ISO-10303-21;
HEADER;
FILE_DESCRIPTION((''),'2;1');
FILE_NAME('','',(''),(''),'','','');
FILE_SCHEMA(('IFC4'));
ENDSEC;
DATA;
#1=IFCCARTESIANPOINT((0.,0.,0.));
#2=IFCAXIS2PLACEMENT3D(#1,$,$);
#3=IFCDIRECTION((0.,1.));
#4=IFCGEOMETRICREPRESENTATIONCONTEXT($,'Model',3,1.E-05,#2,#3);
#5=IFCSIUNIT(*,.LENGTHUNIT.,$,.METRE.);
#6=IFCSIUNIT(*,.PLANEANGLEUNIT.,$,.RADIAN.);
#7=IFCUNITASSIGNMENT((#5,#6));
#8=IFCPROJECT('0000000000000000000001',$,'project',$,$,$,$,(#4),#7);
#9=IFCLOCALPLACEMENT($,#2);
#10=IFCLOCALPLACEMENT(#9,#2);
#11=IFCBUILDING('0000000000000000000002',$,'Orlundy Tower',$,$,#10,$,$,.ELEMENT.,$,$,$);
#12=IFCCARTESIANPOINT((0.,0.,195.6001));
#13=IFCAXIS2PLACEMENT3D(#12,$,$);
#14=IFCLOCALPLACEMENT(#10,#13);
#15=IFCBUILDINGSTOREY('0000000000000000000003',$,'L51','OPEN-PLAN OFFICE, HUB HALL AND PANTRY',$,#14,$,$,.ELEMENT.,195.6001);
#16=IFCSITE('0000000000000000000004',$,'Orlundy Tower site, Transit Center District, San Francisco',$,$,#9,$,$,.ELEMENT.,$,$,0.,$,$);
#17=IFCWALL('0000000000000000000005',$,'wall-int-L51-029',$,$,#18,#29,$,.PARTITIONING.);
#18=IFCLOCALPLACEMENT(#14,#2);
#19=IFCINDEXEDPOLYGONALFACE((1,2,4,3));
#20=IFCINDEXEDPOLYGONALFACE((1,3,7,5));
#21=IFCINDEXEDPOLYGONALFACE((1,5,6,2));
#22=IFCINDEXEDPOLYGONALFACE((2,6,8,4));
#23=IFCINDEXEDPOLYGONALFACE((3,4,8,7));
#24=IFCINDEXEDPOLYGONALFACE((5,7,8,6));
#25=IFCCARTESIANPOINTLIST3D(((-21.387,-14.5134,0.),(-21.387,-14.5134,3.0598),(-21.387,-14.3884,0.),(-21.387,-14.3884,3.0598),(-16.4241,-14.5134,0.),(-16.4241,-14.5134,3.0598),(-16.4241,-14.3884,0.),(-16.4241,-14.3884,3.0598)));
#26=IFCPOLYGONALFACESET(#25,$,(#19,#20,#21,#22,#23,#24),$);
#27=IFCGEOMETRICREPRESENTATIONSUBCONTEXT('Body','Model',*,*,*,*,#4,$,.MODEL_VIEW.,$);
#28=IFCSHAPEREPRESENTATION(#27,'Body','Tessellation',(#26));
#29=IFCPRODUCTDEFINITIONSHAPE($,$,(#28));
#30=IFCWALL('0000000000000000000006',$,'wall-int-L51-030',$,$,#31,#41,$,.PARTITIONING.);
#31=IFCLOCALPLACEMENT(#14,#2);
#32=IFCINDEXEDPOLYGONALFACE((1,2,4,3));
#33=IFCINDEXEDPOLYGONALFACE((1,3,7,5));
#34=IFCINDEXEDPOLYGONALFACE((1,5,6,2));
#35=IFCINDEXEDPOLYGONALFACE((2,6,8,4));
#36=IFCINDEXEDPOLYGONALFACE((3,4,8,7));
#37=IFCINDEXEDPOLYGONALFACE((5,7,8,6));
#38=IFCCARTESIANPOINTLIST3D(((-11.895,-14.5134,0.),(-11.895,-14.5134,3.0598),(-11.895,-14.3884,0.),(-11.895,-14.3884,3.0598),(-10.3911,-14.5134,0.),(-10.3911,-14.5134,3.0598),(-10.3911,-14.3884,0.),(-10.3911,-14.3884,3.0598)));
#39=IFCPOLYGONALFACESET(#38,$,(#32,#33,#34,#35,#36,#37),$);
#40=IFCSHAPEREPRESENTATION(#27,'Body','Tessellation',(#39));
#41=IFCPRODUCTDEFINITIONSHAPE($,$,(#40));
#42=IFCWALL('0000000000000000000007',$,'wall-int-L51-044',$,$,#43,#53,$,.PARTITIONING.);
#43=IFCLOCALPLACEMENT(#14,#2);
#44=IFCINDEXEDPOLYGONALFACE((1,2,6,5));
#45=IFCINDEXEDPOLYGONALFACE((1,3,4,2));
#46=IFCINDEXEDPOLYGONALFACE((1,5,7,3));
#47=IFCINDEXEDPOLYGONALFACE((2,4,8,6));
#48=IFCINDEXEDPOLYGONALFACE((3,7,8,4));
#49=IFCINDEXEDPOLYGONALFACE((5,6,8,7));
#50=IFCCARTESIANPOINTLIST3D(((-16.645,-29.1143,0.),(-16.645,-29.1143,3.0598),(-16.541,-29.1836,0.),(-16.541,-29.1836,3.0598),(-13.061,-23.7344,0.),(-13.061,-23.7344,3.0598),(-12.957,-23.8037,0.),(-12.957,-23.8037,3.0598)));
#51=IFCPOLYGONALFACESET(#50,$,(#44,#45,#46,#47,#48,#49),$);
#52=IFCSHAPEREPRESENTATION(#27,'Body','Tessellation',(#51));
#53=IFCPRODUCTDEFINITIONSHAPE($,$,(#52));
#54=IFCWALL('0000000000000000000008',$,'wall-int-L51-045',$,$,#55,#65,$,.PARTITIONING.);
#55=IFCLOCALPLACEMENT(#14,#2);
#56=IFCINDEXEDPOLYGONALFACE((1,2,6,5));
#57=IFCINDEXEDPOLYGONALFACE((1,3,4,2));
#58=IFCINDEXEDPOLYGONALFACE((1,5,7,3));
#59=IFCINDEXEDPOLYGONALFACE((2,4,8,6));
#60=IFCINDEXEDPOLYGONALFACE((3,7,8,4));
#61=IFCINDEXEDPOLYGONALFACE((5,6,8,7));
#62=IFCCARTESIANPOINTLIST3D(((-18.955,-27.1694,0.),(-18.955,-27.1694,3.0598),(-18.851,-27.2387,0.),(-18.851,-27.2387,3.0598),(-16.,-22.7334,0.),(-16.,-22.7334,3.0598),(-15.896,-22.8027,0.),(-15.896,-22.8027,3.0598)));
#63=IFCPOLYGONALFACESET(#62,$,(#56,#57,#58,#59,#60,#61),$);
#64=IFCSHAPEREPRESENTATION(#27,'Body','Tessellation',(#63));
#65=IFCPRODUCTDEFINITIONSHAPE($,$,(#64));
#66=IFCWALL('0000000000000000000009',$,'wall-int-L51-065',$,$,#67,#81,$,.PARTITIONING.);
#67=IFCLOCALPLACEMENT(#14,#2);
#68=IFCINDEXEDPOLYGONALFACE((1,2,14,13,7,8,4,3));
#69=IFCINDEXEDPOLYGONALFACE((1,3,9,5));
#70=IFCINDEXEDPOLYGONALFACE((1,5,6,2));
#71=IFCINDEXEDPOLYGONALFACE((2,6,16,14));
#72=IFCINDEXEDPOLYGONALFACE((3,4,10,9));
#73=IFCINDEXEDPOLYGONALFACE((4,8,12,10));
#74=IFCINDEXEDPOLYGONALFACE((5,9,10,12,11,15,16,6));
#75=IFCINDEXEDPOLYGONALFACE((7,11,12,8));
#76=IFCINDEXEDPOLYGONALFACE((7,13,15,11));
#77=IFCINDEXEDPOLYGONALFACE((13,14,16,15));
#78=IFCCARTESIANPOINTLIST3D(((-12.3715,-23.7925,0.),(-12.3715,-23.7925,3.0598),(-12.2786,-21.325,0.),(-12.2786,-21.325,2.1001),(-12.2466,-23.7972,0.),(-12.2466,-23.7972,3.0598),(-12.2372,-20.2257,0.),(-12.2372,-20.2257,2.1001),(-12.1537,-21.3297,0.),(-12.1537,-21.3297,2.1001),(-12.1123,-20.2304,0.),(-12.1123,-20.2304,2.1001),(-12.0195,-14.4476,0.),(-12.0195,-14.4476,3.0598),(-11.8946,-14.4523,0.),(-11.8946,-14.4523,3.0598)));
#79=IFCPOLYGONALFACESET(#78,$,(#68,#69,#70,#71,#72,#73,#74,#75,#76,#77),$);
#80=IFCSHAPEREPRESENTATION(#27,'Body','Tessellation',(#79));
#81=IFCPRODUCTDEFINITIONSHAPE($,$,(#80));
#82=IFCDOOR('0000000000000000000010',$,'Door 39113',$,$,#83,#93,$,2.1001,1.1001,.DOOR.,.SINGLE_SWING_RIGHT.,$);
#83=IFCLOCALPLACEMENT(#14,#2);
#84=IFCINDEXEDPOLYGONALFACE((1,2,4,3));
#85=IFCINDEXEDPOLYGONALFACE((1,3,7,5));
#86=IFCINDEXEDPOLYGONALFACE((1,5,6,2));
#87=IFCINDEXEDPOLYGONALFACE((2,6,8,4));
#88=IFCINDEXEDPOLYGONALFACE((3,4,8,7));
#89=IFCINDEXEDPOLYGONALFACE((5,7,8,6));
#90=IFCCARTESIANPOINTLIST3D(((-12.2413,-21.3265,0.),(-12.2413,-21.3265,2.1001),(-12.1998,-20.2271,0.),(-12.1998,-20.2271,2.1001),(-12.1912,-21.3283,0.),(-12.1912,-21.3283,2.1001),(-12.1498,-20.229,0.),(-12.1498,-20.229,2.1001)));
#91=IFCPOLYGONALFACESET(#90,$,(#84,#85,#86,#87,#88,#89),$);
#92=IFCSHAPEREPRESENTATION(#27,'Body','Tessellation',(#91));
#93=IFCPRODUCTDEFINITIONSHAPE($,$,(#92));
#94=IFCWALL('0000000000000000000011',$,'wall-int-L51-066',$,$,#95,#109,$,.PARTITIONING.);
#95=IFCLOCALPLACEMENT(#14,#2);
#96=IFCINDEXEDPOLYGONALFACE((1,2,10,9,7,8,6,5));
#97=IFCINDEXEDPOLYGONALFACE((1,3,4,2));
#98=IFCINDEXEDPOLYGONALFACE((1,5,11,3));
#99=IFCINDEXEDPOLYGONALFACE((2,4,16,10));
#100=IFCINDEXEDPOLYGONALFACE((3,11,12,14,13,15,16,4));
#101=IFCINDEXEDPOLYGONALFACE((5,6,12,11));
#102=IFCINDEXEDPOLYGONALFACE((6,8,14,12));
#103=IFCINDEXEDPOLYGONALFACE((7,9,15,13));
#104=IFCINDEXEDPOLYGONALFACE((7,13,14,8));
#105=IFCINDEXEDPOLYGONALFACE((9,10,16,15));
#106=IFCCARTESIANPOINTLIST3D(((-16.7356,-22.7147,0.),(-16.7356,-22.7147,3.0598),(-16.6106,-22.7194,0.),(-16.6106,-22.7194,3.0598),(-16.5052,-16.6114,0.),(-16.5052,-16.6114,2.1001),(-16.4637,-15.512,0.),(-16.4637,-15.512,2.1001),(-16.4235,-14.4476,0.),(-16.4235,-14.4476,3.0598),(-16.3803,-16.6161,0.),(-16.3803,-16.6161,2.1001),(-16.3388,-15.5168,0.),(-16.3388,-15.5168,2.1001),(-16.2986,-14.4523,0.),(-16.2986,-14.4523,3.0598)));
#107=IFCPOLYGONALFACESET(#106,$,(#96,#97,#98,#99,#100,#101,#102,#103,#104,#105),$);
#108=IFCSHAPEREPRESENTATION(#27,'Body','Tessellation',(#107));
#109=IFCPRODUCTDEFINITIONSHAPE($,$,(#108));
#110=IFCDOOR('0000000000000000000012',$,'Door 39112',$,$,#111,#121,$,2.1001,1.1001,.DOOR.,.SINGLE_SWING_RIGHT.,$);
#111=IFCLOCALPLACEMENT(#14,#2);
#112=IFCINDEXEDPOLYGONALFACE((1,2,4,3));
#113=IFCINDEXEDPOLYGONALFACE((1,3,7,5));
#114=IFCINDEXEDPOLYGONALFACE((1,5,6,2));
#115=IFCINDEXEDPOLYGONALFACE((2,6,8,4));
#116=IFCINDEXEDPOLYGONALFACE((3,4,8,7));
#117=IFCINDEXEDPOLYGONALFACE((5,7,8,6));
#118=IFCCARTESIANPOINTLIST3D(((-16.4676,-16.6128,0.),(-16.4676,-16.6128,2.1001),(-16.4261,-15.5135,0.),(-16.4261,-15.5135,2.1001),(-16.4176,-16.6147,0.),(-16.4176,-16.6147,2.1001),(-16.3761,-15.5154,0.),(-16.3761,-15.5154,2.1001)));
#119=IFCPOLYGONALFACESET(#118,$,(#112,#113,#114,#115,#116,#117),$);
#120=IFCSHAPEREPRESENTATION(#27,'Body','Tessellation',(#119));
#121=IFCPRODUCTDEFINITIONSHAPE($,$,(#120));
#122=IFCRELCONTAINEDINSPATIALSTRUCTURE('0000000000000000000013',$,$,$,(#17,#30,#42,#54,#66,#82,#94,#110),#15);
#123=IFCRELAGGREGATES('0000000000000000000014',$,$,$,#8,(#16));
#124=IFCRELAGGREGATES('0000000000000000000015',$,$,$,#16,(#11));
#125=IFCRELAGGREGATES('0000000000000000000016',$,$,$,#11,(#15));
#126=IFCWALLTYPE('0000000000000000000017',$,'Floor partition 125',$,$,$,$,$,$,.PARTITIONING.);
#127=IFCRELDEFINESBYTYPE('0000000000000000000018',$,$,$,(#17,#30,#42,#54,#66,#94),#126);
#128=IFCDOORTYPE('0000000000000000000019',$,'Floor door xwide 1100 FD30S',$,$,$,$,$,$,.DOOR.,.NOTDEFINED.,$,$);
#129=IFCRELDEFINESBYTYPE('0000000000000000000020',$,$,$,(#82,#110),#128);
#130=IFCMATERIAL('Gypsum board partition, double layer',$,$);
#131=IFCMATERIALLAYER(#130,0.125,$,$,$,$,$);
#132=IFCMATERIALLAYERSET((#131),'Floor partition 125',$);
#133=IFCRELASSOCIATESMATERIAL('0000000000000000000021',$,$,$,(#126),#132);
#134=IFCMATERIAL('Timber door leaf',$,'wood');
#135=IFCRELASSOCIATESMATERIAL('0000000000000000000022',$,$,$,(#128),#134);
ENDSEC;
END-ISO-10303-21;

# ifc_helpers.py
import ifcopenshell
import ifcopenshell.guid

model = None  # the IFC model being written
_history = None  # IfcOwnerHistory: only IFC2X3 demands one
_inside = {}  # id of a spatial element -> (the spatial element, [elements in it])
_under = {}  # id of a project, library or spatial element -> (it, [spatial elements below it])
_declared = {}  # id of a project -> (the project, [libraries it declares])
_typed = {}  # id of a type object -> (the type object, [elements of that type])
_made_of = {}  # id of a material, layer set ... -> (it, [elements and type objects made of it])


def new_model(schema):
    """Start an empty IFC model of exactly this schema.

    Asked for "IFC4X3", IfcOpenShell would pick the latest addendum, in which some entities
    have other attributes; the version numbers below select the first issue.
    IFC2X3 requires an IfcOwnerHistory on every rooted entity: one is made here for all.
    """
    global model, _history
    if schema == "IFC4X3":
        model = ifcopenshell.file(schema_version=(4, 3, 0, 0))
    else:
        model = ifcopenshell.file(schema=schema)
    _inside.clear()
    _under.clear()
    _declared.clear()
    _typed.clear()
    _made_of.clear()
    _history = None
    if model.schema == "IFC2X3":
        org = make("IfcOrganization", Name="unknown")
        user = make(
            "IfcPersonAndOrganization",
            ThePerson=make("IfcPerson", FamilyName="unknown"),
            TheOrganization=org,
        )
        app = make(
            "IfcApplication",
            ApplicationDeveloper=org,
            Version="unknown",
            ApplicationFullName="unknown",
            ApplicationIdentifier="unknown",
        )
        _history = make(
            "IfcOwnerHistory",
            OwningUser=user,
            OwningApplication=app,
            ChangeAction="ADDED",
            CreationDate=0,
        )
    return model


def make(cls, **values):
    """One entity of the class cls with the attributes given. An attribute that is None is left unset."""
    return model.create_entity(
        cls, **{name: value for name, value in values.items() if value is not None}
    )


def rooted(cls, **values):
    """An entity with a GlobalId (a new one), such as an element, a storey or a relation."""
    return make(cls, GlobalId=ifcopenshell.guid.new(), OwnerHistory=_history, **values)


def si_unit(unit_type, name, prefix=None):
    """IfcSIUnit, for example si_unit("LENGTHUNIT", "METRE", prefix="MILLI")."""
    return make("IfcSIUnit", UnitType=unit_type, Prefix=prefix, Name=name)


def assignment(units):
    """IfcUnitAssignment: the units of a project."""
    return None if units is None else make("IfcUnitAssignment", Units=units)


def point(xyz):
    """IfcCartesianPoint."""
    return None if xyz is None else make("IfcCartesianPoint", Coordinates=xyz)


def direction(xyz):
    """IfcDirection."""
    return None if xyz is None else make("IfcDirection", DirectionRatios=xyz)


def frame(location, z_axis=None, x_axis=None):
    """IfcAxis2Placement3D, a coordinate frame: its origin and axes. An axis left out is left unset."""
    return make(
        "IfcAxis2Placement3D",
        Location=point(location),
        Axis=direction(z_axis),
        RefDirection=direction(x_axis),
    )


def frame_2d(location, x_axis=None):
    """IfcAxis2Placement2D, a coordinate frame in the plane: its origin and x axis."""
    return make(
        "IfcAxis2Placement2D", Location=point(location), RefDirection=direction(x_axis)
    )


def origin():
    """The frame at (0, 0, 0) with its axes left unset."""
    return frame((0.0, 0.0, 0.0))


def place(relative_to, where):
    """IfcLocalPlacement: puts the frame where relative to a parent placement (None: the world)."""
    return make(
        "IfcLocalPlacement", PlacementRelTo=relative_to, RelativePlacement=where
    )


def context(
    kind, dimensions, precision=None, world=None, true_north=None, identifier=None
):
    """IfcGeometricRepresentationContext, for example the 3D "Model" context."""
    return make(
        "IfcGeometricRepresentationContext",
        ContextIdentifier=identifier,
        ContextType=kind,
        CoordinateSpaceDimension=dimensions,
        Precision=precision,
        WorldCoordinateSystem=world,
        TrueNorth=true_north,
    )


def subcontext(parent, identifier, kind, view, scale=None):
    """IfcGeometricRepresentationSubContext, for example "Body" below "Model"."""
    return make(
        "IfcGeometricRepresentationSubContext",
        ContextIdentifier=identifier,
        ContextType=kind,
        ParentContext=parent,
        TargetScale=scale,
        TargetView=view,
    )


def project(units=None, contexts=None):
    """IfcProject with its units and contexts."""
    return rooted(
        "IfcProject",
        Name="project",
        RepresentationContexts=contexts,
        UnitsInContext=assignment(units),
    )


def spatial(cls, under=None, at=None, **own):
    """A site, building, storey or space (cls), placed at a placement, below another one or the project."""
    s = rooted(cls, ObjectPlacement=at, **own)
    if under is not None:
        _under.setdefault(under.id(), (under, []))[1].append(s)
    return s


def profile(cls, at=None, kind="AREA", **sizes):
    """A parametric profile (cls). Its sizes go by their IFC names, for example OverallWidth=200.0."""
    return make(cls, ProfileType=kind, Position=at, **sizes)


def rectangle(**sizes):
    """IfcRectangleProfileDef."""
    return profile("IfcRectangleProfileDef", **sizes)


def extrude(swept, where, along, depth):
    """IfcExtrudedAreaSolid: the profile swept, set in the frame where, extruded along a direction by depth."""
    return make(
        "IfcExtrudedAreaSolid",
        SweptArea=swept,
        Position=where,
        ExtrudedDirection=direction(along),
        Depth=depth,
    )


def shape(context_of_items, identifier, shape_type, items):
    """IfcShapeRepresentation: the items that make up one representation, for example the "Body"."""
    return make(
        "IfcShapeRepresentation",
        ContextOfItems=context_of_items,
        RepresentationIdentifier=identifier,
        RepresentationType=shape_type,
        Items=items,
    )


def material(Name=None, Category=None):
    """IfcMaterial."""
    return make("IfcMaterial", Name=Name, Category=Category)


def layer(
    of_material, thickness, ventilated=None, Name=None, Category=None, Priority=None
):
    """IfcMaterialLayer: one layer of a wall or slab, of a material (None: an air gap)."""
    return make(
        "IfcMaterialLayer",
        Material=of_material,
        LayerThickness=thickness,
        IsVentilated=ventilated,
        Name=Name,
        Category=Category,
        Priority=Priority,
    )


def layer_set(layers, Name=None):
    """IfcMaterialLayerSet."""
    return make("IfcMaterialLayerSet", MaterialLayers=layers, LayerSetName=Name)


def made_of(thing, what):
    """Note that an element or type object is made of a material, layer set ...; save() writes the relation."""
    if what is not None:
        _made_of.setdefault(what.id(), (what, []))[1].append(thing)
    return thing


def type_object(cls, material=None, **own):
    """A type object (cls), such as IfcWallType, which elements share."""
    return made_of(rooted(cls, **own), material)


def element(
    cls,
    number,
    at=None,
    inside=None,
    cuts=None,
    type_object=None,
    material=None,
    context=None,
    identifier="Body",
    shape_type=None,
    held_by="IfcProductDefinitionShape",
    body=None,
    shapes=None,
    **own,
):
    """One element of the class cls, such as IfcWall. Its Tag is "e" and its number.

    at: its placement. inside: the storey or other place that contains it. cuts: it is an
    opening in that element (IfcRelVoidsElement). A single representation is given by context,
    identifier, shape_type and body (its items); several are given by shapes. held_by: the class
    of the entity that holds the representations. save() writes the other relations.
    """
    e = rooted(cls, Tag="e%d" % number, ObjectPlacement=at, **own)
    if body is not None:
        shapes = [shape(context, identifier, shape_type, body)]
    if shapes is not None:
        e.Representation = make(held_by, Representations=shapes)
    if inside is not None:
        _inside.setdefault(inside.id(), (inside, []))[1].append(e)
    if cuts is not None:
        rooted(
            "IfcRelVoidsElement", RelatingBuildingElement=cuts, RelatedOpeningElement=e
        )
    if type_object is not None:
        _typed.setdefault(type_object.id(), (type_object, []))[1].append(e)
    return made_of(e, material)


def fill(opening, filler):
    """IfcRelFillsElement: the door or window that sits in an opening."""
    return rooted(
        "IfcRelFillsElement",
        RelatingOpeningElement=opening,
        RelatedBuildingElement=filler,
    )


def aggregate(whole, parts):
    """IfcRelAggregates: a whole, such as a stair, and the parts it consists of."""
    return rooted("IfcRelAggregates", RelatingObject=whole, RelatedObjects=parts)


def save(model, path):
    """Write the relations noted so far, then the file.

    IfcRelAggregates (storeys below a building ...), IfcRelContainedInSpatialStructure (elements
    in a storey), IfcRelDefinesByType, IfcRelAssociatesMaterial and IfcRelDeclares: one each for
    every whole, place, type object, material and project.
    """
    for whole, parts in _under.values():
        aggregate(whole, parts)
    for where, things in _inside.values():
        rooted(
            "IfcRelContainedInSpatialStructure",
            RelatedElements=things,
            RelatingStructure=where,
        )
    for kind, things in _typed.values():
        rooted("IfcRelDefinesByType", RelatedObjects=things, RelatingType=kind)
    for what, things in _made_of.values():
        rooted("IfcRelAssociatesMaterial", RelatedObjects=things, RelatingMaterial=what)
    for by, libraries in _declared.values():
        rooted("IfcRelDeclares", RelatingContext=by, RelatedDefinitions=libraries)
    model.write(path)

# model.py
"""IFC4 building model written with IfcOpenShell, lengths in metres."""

from ifc_helpers import new_model, si_unit, direction, frame, frame_2d, origin, place, context, subcontext, project, spatial, rectangle, extrude, material, layer, layer_set, type_object, element, fill, save


model = new_model("IFC4")

# Units and contexts
model_context = context("Model", 3, precision=1e-05, world=origin(), true_north=direction((0.0, 1.0)))
body_context = subcontext(model_context, "Body", "Model", "MODEL_VIEW")
ifc_project = project(units=[si_unit("LENGTHUNIT", "METRE"), si_unit("PLANEANGLEUNIT", "RADIAN")], contexts=[model_context])

# Site, building, storey
site_placement = place(None, origin())
site = spatial("IfcSite", under=ifc_project, at=site_placement, Name="Orlundy Tower site, Transit Center District, San Francisco", CompositionType="ELEMENT", RefElevation=0.0)
building_placement = place(site_placement, origin())
building = spatial("IfcBuilding", under=site, at=building_placement, Name="Orlundy Tower", CompositionType="ELEMENT")
storey_placement = place(building_placement, frame((0.0, 0.0, 195.6001)))
storey = spatial("IfcBuildingStorey", under=building, at=storey_placement, Name="L51", Description="OPEN-PLAN OFFICE, HUB HALL AND PANTRY", CompositionType="ELEMENT", Elevation=195.6001)

# Walls
ifc_material_1 = material(Name="Gypsum board partition, double layer")
ifc_layer_1 = layer(ifc_material_1, 0.125)
ifc_layer_set_1 = layer_set([ifc_layer_1], Name="Floor partition 125")
wall_type_1 = type_object("IfcWallType", Name="Floor partition 125", PredefinedType="PARTITIONING", material=ifc_layer_set_1)
wall_1_placement = place(storey_placement, frame((-21.387, -14.4509, 0.0), z_axis=(0.0, 0.0, 1.0), x_axis=(1.0, 0.0, 0.0)))
element("IfcWall", 1, at=wall_1_placement, inside=storey, type_object=wall_type_1, Name="wall-int-L51-029", PredefinedType="PARTITIONING", context=body_context, shape_type="SweptSolid", body=[
    extrude(rectangle(XDim=4.9629, YDim=0.125, at=frame_2d((2.4814, 0.0))), origin(), (0.0, 0.0, 1.0), 3.0598),
])
wall_2_placement = place(storey_placement, frame((-11.895, -14.4509, 0.0), z_axis=(0.0, 0.0, 1.0), x_axis=(1.0, 0.0, 0.0)))
element("IfcWall", 2, at=wall_2_placement, inside=storey, type_object=wall_type_1, Name="wall-int-L51-030", PredefinedType="PARTITIONING", context=body_context, shape_type="SweptSolid", body=[
    extrude(rectangle(XDim=1.5039, YDim=0.125, at=frame_2d((0.752, 0.0))), origin(), (0.0, 0.0, 1.0), 3.0598),
])
wall_3_placement = place(storey_placement, frame((-13.009, -23.769, 0.0), z_axis=(0.0, 0.0, 1.0), x_axis=(-0.554421, -0.832236, 0.0)))
element("IfcWall", 3, at=wall_3_placement, inside=storey, type_object=wall_type_1, Name="wall-int-L51-044", PredefinedType="PARTITIONING", context=body_context, shape_type="SweptSolid", body=[
    extrude(rectangle(XDim=6.4644, YDim=0.125, at=frame_2d((3.2322, 0.0))), origin(), (0.0, 0.0, 1.0), 3.0598),
])
wall_4_placement = place(storey_placement, frame((-15.948, -22.7681, 0.0), z_axis=(0.0, 0.0, 1.0), x_axis=(-0.554404, -0.832248, 0.0)))
element("IfcWall", 4, at=wall_4_placement, inside=storey, type_object=wall_type_1, Name="wall-int-L51-045", PredefinedType="PARTITIONING", context=body_context, shape_type="SweptSolid", body=[
    extrude(rectangle(XDim=5.3301, YDim=0.125, at=frame_2d((2.665, 0.0))), origin(), (0.0, 0.0, 1.0), 3.0598),
])

# Walls, openings, doors
wall_5_placement = place(storey_placement, frame((-11.957, -14.45, 0.0), z_axis=(0.0, 0.0, 1.0), x_axis=(-0.037646, -0.999291, 0.0)))
wall_5 = element("IfcWall", 5, at=wall_5_placement, inside=storey, type_object=wall_type_1, Name="wall-int-L51-065", PredefinedType="PARTITIONING", context=body_context, shape_type="SweptSolid", body=[
    extrude(rectangle(XDim=9.3516, YDim=0.125, at=frame_2d((4.6758, 0.0))), origin(), (0.0, 0.0, 1.0), 3.0598),
])
opening_1_placement = place(wall_5_placement, frame((5.7822, 0.0, 0.0)))
opening_1 = element("IfcOpeningElement", 6, at=opening_1_placement, cuts=wall_5, PredefinedType="OPENING", context=body_context, shape_type="SweptSolid", body=[
    extrude(rectangle(XDim=1.1001, YDim=2.1001, at=frame_2d((0.55, 1.05))), frame((0.0, 0.0725, 0.0), z_axis=(0.0, -1.0, 0.0), x_axis=(1.0, 0.0, 0.0)), (0.0, 0.0, 1.0), 0.145),
])
ifc_material_2 = material(Name="Timber door leaf", Category="wood")
door_type_1 = type_object("IfcDoorType", Name="Floor door xwide 1100 FD30S", OperationType="NOTDEFINED", PredefinedType="DOOR", material=ifc_material_2)
door_1_placement = place(opening_1_placement, origin())
door_1 = element("IfcDoor", 7, at=door_1_placement, inside=storey, type_object=door_type_1, Name="Door 39113", OperationType="SINGLE_SWING_RIGHT", OverallHeight=2.1001, OverallWidth=1.1001, PredefinedType="DOOR", context=body_context, shape_type="SweptSolid", body=[
    extrude(rectangle(XDim=1.1001, YDim=2.1001, at=frame_2d((0.55, 1.05))), frame((0.0, 0.0249, 0.0), z_axis=(0.0, -1.0, 0.0), x_axis=(1.0, 0.0, 0.0)), (0.0, 0.0, 1.0), 0.05),
])
fill(opening_1, door_1)
wall_6_placement = place(storey_placement, frame((-16.6731, -22.717, 0.0), z_axis=(0.0, 0.0, 1.0), x_axis=(0.037715, 0.999289, 0.0)))
wall_6 = element("IfcWall", 8, at=wall_6_placement, inside=storey, type_object=wall_type_1, Name="wall-int-L51-066", PredefinedType="PARTITIONING", context=body_context, shape_type="SweptSolid", body=[
    extrude(rectangle(XDim=8.2729, YDim=0.125, at=frame_2d((4.1365, 0.0))), origin(), (0.0, 0.0, 1.0), 3.0598),
])
opening_2_placement = place(wall_6_placement, frame((6.1077, 0.0, 0.0)))
opening_2 = element("IfcOpeningElement", 9, at=opening_2_placement, cuts=wall_6, PredefinedType="OPENING", context=body_context, shape_type="SweptSolid", body=[
    extrude(rectangle(XDim=1.1001, YDim=2.1001, at=frame_2d((0.55, 1.05))), frame((0.0, 0.0725, 0.0), z_axis=(0.0, -1.0, 0.0), x_axis=(1.0, 0.0, 0.0)), (0.0, 0.0, 1.0), 0.145),
])
door_2_placement = place(opening_2_placement, origin())
door_2 = element("IfcDoor", 10, at=door_2_placement, inside=storey, type_object=door_type_1, Name="Door 39112", OperationType="SINGLE_SWING_RIGHT", OverallHeight=2.1001, OverallWidth=1.1001, PredefinedType="DOOR", context=body_context, shape_type="SweptSolid", body=[
    extrude(rectangle(XDim=1.1001, YDim=2.1001, at=frame_2d((0.55, 1.05))), frame((0.0, 0.0249, 0.0), z_axis=(0.0, -1.0, 0.0), x_axis=(1.0, 0.0, 0.0)), (0.0, 0.0, 1.0), 0.05),
])
fill(opening_2, door_2)

save(model, "model.ifc")
